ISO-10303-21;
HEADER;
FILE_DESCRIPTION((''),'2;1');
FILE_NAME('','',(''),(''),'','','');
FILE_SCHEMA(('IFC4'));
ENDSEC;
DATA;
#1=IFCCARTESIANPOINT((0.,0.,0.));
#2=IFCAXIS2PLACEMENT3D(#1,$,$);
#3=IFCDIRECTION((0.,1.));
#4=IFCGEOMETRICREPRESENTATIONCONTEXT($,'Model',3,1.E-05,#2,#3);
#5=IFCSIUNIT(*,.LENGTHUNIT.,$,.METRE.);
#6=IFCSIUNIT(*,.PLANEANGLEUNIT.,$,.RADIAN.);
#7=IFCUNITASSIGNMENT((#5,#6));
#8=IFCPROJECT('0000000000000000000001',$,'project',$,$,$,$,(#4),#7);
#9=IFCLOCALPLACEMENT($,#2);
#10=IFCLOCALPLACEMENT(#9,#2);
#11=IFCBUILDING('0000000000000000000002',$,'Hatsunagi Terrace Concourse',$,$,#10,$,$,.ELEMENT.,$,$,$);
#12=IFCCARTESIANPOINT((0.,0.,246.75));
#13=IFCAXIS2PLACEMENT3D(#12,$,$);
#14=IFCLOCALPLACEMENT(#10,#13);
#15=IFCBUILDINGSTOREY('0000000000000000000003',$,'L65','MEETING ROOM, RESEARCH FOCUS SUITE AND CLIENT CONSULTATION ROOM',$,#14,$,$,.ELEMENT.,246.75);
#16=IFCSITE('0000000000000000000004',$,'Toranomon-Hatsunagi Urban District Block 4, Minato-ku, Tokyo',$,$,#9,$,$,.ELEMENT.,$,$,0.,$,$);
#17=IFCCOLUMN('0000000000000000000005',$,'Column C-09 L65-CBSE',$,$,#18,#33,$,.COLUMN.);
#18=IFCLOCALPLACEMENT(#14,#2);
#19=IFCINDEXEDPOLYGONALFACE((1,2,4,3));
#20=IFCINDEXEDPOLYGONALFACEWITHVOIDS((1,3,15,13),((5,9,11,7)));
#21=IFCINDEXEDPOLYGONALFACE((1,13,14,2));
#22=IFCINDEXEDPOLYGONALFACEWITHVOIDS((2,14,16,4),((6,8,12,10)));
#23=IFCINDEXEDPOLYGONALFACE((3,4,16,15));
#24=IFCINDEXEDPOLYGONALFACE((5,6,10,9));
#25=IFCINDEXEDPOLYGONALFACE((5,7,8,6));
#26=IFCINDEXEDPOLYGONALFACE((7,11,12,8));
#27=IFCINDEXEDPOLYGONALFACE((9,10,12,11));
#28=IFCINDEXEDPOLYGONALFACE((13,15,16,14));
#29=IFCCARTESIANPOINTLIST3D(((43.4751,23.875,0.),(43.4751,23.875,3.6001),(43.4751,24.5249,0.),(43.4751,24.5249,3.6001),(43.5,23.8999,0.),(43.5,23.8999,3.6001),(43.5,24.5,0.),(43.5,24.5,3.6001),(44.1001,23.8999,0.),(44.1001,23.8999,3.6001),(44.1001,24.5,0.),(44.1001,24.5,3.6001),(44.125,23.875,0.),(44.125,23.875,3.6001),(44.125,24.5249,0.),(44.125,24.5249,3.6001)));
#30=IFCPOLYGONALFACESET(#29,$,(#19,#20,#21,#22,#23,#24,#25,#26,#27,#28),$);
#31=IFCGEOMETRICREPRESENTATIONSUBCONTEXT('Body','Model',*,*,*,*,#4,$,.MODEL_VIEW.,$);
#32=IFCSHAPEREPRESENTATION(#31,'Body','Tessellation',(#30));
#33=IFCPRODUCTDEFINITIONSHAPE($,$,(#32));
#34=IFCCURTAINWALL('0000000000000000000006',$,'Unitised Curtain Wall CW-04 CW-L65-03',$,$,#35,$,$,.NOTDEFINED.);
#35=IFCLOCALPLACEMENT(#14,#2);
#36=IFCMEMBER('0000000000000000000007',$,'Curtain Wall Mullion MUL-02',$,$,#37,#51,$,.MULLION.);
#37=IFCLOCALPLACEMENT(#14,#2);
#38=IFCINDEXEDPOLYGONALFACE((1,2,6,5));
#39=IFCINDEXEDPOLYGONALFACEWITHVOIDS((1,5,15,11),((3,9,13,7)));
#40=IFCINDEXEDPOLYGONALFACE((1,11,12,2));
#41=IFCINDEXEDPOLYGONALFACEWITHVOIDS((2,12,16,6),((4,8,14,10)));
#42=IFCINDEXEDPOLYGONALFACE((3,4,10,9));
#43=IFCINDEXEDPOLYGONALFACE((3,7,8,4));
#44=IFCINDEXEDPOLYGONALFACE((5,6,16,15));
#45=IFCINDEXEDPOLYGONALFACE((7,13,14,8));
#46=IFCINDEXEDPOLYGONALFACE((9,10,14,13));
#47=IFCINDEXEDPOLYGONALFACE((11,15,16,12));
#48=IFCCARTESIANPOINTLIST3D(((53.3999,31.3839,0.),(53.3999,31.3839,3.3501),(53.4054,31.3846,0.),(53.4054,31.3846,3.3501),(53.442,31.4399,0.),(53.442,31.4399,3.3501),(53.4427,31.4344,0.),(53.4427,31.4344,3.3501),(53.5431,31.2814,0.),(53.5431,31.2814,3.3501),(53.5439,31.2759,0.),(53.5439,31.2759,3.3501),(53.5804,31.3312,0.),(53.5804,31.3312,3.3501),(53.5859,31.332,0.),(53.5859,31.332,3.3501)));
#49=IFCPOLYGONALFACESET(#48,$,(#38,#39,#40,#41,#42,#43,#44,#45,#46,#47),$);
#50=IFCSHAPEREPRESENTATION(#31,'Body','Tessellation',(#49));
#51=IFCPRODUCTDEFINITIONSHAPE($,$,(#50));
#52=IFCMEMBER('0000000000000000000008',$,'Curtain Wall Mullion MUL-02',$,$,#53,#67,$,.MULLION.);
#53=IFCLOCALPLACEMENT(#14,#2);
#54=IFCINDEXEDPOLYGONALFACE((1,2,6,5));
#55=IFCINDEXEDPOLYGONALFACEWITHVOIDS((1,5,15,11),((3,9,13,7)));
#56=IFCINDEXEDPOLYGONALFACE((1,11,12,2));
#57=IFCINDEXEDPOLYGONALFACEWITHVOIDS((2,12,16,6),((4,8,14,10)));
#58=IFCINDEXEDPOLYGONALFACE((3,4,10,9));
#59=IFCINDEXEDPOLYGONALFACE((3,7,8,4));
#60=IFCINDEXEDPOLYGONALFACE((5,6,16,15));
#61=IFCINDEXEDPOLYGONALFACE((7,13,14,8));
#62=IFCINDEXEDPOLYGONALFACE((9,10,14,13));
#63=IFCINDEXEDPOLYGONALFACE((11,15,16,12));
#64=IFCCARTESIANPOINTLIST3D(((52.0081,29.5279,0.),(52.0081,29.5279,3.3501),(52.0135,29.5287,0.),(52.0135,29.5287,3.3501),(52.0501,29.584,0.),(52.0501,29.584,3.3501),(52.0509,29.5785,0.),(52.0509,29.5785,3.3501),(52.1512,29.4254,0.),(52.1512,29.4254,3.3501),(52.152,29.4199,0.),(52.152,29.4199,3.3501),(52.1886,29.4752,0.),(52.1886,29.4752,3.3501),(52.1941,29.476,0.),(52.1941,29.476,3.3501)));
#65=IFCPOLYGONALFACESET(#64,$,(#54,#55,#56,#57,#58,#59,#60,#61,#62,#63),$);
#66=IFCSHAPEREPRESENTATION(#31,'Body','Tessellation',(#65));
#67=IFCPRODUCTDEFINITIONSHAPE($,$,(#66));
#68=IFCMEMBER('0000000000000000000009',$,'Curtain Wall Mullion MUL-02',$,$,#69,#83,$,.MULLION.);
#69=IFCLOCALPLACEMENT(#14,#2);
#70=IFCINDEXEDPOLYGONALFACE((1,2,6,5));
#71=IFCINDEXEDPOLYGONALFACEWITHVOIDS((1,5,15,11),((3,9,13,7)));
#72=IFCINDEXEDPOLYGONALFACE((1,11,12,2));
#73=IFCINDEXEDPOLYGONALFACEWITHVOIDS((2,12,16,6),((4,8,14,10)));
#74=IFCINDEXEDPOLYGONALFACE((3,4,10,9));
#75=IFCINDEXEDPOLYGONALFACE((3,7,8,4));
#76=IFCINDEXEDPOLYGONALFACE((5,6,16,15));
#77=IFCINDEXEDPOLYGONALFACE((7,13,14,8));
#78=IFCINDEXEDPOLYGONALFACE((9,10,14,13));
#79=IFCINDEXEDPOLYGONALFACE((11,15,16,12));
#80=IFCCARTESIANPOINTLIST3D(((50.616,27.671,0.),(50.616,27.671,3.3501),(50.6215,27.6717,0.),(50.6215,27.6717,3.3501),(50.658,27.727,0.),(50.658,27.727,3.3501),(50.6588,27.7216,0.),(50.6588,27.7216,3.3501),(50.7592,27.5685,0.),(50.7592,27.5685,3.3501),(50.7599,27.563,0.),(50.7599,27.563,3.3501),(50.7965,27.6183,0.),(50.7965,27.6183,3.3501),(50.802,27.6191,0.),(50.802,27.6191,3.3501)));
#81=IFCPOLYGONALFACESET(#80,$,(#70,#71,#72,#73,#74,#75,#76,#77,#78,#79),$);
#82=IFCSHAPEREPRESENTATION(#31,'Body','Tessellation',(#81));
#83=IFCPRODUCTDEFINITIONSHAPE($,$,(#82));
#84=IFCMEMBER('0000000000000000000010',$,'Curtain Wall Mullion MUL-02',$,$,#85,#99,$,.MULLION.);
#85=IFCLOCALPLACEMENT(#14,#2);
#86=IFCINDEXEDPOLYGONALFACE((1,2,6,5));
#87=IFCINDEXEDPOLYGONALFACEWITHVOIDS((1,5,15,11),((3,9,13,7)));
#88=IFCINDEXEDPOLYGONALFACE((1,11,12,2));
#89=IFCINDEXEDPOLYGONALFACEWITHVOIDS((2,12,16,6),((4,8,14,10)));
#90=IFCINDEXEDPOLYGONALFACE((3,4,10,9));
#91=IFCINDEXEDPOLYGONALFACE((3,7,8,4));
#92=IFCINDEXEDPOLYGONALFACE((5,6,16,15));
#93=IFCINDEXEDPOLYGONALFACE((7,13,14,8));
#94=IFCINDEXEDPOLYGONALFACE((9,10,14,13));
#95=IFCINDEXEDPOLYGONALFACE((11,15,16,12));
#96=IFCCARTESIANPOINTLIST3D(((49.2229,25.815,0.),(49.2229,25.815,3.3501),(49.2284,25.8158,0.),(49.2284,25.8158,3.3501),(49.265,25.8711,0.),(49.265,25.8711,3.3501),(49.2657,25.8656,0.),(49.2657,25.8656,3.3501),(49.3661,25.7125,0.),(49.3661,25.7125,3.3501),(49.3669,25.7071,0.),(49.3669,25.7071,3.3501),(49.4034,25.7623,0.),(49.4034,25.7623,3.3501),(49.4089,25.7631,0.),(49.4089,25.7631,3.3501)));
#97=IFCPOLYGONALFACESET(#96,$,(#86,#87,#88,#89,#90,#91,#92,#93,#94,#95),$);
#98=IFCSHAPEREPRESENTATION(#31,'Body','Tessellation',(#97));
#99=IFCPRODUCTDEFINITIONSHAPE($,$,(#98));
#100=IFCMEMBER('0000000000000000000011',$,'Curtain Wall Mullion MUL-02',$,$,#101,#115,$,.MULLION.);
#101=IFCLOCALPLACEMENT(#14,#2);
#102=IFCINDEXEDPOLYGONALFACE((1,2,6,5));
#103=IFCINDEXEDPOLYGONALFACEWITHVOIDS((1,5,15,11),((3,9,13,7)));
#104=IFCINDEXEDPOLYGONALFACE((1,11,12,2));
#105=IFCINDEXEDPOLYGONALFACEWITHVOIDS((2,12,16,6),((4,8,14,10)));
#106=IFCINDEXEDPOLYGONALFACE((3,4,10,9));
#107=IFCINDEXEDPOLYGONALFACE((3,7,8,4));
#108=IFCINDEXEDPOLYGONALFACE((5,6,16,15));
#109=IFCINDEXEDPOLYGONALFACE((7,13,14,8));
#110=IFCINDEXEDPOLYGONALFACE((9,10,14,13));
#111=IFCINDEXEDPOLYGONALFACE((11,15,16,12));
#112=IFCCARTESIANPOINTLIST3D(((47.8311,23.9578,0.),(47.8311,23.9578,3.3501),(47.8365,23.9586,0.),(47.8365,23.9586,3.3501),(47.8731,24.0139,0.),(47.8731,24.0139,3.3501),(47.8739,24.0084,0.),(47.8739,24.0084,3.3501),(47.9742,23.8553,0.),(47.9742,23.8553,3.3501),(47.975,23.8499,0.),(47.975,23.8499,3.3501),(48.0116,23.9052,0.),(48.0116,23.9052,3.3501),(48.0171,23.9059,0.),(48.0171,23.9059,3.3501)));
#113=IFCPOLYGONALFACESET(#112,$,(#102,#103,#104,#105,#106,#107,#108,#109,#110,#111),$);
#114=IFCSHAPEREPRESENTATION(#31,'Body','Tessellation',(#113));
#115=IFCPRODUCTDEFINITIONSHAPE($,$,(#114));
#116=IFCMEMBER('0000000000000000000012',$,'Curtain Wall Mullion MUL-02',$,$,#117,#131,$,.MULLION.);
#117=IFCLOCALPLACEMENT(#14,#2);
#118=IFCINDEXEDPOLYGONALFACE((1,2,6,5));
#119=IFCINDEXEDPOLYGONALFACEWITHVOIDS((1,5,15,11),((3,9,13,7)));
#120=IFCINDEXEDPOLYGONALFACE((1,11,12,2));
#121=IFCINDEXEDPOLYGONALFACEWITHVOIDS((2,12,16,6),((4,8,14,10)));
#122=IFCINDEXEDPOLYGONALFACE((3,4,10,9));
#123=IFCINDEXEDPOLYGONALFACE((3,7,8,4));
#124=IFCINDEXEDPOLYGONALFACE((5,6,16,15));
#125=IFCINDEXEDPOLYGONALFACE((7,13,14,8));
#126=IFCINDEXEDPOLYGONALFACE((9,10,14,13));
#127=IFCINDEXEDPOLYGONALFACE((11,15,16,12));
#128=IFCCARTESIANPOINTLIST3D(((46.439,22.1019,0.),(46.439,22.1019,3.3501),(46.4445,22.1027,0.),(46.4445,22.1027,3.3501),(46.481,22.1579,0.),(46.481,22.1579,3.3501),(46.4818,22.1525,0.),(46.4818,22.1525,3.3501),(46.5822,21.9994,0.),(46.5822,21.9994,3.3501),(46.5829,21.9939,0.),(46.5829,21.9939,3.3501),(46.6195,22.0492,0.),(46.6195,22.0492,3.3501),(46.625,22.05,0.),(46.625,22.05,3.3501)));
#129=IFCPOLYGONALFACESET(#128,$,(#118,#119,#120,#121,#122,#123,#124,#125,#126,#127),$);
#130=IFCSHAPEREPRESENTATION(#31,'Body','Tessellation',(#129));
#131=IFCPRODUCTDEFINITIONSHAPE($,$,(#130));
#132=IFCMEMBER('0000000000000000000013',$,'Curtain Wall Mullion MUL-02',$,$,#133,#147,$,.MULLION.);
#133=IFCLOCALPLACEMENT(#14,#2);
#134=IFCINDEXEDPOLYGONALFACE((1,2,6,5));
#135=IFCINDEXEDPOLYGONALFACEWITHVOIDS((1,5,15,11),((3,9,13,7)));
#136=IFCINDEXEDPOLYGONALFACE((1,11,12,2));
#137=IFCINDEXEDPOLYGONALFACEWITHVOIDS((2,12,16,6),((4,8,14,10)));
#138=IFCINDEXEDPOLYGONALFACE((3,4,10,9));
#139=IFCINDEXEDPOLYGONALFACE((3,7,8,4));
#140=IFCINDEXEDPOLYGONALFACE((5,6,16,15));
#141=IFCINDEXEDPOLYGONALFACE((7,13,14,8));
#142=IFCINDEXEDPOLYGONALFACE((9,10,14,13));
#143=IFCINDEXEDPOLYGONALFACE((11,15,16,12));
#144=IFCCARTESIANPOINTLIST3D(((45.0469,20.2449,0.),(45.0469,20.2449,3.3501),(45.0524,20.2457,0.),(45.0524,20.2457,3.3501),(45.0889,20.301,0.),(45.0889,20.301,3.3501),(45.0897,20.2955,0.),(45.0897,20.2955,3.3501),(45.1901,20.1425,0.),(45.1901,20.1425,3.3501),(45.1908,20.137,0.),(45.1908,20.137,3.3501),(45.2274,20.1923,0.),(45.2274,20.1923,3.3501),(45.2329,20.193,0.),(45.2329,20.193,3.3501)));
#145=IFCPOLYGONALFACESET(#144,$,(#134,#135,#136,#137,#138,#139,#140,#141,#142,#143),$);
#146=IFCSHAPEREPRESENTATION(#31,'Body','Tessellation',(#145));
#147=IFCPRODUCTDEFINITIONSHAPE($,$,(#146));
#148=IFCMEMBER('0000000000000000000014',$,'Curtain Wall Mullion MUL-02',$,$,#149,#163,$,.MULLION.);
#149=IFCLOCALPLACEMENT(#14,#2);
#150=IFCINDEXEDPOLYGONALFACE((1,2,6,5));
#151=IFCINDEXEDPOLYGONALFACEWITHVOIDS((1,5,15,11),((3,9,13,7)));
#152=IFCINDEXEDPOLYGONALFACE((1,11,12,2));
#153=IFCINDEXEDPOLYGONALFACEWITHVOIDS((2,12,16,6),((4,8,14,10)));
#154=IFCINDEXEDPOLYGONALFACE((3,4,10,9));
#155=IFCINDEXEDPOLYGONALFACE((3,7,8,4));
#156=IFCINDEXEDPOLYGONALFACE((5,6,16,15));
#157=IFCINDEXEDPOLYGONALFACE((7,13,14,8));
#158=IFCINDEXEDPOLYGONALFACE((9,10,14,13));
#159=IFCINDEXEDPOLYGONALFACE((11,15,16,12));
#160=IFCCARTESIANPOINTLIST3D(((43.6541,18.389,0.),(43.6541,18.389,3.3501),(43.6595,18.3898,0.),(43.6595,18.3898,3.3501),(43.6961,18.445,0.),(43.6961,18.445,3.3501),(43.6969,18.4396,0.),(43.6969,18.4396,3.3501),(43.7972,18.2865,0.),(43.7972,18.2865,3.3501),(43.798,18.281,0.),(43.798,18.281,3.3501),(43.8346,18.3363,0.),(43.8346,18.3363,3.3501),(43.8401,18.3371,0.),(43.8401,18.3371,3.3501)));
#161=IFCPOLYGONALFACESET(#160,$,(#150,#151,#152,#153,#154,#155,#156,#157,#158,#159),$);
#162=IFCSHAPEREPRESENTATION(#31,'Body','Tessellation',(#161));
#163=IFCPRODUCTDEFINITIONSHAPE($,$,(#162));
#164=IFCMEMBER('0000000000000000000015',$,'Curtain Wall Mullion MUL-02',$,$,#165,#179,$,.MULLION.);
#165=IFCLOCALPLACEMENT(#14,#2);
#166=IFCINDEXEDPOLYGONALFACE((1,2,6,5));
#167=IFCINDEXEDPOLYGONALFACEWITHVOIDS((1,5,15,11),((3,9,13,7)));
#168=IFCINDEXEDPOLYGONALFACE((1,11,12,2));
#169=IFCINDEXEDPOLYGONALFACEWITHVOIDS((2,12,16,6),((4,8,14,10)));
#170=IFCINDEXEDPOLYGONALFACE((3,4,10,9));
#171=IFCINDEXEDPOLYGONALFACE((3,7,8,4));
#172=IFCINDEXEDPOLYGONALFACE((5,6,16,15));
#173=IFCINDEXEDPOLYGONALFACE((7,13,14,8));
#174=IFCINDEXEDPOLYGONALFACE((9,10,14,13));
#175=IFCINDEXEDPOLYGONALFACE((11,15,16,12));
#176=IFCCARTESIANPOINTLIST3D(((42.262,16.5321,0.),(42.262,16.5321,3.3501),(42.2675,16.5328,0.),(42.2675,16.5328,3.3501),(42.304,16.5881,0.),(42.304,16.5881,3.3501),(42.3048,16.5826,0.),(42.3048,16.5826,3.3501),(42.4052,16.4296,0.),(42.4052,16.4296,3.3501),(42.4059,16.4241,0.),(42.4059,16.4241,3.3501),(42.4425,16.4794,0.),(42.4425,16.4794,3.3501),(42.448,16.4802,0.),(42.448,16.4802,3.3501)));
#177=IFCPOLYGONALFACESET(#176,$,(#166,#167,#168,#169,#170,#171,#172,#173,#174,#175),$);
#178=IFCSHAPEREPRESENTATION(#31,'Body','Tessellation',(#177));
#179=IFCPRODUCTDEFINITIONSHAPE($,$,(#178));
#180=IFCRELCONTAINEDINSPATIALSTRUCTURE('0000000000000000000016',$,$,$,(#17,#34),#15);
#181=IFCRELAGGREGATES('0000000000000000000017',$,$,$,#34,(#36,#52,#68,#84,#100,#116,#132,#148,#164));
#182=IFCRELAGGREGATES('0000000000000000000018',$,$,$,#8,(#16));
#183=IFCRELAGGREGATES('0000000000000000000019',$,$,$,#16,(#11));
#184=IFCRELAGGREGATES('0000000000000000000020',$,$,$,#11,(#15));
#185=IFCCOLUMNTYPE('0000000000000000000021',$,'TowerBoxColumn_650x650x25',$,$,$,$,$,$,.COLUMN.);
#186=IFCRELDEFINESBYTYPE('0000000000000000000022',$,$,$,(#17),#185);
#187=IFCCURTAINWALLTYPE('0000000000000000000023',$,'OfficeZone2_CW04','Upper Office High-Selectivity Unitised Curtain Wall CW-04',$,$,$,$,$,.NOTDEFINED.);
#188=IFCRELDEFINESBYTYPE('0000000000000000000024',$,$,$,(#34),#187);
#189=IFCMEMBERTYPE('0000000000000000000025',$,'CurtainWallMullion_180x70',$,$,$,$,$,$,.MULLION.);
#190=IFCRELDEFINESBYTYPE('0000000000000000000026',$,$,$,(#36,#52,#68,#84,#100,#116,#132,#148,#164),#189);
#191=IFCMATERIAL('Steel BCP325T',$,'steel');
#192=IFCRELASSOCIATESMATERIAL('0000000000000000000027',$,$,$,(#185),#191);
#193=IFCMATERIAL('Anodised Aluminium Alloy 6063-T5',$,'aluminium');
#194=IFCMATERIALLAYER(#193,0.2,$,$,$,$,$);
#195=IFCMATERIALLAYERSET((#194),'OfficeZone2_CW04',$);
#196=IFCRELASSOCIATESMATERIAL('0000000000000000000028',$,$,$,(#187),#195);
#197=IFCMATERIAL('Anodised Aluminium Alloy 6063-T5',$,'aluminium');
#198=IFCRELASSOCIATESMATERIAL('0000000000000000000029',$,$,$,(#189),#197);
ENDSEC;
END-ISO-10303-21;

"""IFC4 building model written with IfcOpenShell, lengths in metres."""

from ifc_helpers import new_model, si_unit, direction, frame, origin, origin_2d, place, context, subcontext, project, spatial, hollow_rectangle, extrude, material, layer, layer_set, material_profile, profile_set, type_object, element, aggregate, save


model = new_model("IFC4")

# Units and contexts
model_context = context("Model", 3, precision=1e-05, world=origin(), true_north=direction((0.0, 1.0)))
body_context = subcontext(model_context, "Body", "Model", "MODEL_VIEW")
ifc_project = project(units=[si_unit("LENGTHUNIT", "METRE"), si_unit("PLANEANGLEUNIT", "RADIAN")], contexts=[model_context])

# Site, building, storey
site_placement = place(None, origin())
site = spatial("IfcSite", under=ifc_project, at=site_placement, Name="Toranomon-Hatsunagi Urban District Block 4, Minato-ku, Tokyo", CompositionType="ELEMENT", RefElevation=0.0)
building_placement = place(site_placement, origin())
building = spatial("IfcBuilding", under=site, at=building_placement, Name="Hatsunagi Terrace Concourse", CompositionType="ELEMENT")
storey_placement = place(building_placement, frame((0.0, 0.0, 246.75)))
storey = spatial("IfcBuildingStorey", under=building, at=storey_placement, Name="L65", Description="MEETING ROOM, RESEARCH FOCUS SUITE AND CLIENT CONSULTATION ROOM", CompositionType="ELEMENT", Elevation=246.75)

# Column
ifc_material_1 = material(Name="Steel BCP325T", Category="steel")
ifc_material_profile_1 = material_profile(ifc_material_1, hollow_rectangle(XDim=0.6499, YDim=0.6499, WallThickness=0.0249, at=origin_2d()), Name="BCP-650x650x25")
ifc_profile_set_1 = profile_set([ifc_material_profile_1], Name="Steel BCP325T")
column_type = type_object("IfcColumnType", Name="TowerBoxColumn_650x650x25", PredefinedType="COLUMN", material=ifc_profile_set_1)
column_placement = place(storey_placement, frame((43.8, 24.2, 0.0), z_axis=(0.0, 0.0, 1.0), x_axis=(1.0, 0.0, 0.0)))
element("IfcColumn", 1, at=column_placement, inside=storey, type_object=column_type, Name="Column C-09 L65-CBSE", PredefinedType="COLUMN", context=body_context, shape_type="SweptSolid", body=[
    extrude(hollow_rectangle(XDim=0.6499, YDim=0.6499, WallThickness=0.0249, at=origin_2d()), origin(), (0.0, 0.0, 1.0), 3.6001),
])

# Curtain wall, members
ifc_material_2 = material(Name="Anodised Aluminium Alloy 6063-T5", Category="aluminium")
ifc_layer_1 = layer(ifc_material_2, 0.2)
ifc_layer_set_1 = layer_set([ifc_layer_1], Name="OfficeZone2_CW04")
curtain_wall_type = type_object("IfcCurtainWallType", Name="OfficeZone2_CW04", Description="Upper Office High-Selectivity Unitised Curtain Wall CW-04", PredefinedType="NOTDEFINED", material=ifc_layer_set_1)
curtain_wall_placement = place(storey_placement, origin())
curtain_wall = element("IfcCurtainWall", 2, at=curtain_wall_placement, inside=storey, type_object=curtain_wall_type, Name="Unitised Curtain Wall CW-04 CW-L65-03", PredefinedType="NOTDEFINED")
ifc_material_3 = material(Name="Anodised Aluminium Alloy 6063-T5", Category="aluminium")
ifc_material_profile_2 = material_profile(ifc_material_3, hollow_rectangle(XDim=0.0701, YDim=0.1799, WallThickness=0.0039, at=origin_2d()), Name="ALU-MUL-180x70x4")
ifc_profile_set_2 = profile_set([ifc_material_profile_2], Name="Anodised Aluminium Alloy 6063-T5")
member_type_1 = type_object("IfcMemberType", Name="CurtainWallMullion_180x70", PredefinedType="MULLION", material=ifc_profile_set_2)
member_1_placement = place(storey_placement, frame((53.4929, 31.3579, 0.0), z_axis=(0.0, 0.0, 1.0), x_axis=(-0.599969, -0.800023, 0.0)))
member_1 = element("IfcMember", 3, at=member_1_placement, type_object=member_type_1, Name="Curtain Wall Mullion MUL-02", PredefinedType="MULLION", context=body_context, shape_type="SweptSolid", body=[
    extrude(hollow_rectangle(XDim=0.0701, YDim=0.1799, WallThickness=0.0039, at=origin_2d()), origin(), (0.0, 0.0, 1.0), 3.3501),
])
member_2_placement = place(storey_placement, frame((52.1011, 29.502, 0.0), z_axis=(0.0, 0.0, 1.0), x_axis=(-0.599969, -0.800023, 0.0)))
member_2 = element("IfcMember", 4, at=member_2_placement, type_object=member_type_1, Name="Curtain Wall Mullion MUL-02", PredefinedType="MULLION", context=body_context, shape_type="SweptSolid", body=[
    extrude(hollow_rectangle(XDim=0.0701, YDim=0.1799, WallThickness=0.0039, at=origin_2d()), origin(), (0.0, 0.0, 1.0), 3.3501),
])
member_3_placement = place(storey_placement, frame((50.709, 27.645, 0.0), z_axis=(0.0, 0.0, 1.0), x_axis=(-0.599969, -0.800023, 0.0)))
member_3 = element("IfcMember", 5, at=member_3_placement, type_object=member_type_1, Name="Curtain Wall Mullion MUL-02", PredefinedType="MULLION", context=body_context, shape_type="SweptSolid", body=[
    extrude(hollow_rectangle(XDim=0.0701, YDim=0.1799, WallThickness=0.0039, at=origin_2d()), origin(), (0.0, 0.0, 1.0), 3.3501),
])
member_4_placement = place(storey_placement, frame((49.3159, 25.7891, 0.0), z_axis=(0.0, 0.0, 1.0), x_axis=(-0.599969, -0.800023, 0.0)))
member_4 = element("IfcMember", 6, at=member_4_placement, type_object=member_type_1, Name="Curtain Wall Mullion MUL-02", PredefinedType="MULLION", context=body_context, shape_type="SweptSolid", body=[
    extrude(hollow_rectangle(XDim=0.0701, YDim=0.1799, WallThickness=0.0039, at=origin_2d()), origin(), (0.0, 0.0, 1.0), 3.3501),
])
member_5_placement = place(storey_placement, frame((47.9241, 23.9319, 0.0), z_axis=(0.0, 0.0, 1.0), x_axis=(-0.599969, -0.800023, 0.0)))
member_5 = element("IfcMember", 7, at=member_5_placement, type_object=member_type_1, Name="Curtain Wall Mullion MUL-02", PredefinedType="MULLION", context=body_context, shape_type="SweptSolid", body=[
    extrude(hollow_rectangle(XDim=0.0701, YDim=0.1799, WallThickness=0.0039, at=origin_2d()), origin(), (0.0, 0.0, 1.0), 3.3501),
])
member_6_placement = place(storey_placement, frame((46.532, 22.0759, 0.0), z_axis=(0.0, 0.0, 1.0), x_axis=(-0.599969, -0.800023, 0.0)))
member_6 = element("IfcMember", 8, at=member_6_placement, type_object=member_type_1, Name="Curtain Wall Mullion MUL-02", PredefinedType="MULLION", context=body_context, shape_type="SweptSolid", body=[
    extrude(hollow_rectangle(XDim=0.0701, YDim=0.1799, WallThickness=0.0039, at=origin_2d()), origin(), (0.0, 0.0, 1.0), 3.3501),
])
member_7_placement = place(storey_placement, frame((45.1399, 20.219, 0.0), z_axis=(0.0, 0.0, 1.0), x_axis=(-0.599969, -0.800023, 0.0)))
member_7 = element("IfcMember", 9, at=member_7_placement, type_object=member_type_1, Name="Curtain Wall Mullion MUL-02", PredefinedType="MULLION", context=body_context, shape_type="SweptSolid", body=[
    extrude(hollow_rectangle(XDim=0.0701, YDim=0.1799, WallThickness=0.0039, at=origin_2d()), origin(), (0.0, 0.0, 1.0), 3.3501),
])
member_8_placement = place(storey_placement, frame((43.7471, 18.363, 0.0), z_axis=(0.0, 0.0, 1.0), x_axis=(-0.599969, -0.800023, 0.0)))
member_8 = element("IfcMember", 10, at=member_8_placement, type_object=member_type_1, Name="Curtain Wall Mullion MUL-02", PredefinedType="MULLION", context=body_context, shape_type="SweptSolid", body=[
    extrude(hollow_rectangle(XDim=0.0701, YDim=0.1799, WallThickness=0.0039, at=origin_2d()), origin(), (0.0, 0.0, 1.0), 3.3501),
])
member_9_placement = place(storey_placement, frame((42.355, 16.5061, 0.0), z_axis=(0.0, 0.0, 1.0), x_axis=(-0.599969, -0.800023, 0.0)))
member_9 = element("IfcMember", 11, at=member_9_placement, type_object=member_type_1, Name="Curtain Wall Mullion MUL-02", PredefinedType="MULLION", context=body_context, shape_type="SweptSolid", body=[
    extrude(hollow_rectangle(XDim=0.0701, YDim=0.1799, WallThickness=0.0039, at=origin_2d()), origin(), (0.0, 0.0, 1.0), 3.3501),
])

aggregate(curtain_wall, [member_1, member_2, member_3, member_4, member_5, member_6, member_7, member_8, member_9])

save(model, "model.ifc")
